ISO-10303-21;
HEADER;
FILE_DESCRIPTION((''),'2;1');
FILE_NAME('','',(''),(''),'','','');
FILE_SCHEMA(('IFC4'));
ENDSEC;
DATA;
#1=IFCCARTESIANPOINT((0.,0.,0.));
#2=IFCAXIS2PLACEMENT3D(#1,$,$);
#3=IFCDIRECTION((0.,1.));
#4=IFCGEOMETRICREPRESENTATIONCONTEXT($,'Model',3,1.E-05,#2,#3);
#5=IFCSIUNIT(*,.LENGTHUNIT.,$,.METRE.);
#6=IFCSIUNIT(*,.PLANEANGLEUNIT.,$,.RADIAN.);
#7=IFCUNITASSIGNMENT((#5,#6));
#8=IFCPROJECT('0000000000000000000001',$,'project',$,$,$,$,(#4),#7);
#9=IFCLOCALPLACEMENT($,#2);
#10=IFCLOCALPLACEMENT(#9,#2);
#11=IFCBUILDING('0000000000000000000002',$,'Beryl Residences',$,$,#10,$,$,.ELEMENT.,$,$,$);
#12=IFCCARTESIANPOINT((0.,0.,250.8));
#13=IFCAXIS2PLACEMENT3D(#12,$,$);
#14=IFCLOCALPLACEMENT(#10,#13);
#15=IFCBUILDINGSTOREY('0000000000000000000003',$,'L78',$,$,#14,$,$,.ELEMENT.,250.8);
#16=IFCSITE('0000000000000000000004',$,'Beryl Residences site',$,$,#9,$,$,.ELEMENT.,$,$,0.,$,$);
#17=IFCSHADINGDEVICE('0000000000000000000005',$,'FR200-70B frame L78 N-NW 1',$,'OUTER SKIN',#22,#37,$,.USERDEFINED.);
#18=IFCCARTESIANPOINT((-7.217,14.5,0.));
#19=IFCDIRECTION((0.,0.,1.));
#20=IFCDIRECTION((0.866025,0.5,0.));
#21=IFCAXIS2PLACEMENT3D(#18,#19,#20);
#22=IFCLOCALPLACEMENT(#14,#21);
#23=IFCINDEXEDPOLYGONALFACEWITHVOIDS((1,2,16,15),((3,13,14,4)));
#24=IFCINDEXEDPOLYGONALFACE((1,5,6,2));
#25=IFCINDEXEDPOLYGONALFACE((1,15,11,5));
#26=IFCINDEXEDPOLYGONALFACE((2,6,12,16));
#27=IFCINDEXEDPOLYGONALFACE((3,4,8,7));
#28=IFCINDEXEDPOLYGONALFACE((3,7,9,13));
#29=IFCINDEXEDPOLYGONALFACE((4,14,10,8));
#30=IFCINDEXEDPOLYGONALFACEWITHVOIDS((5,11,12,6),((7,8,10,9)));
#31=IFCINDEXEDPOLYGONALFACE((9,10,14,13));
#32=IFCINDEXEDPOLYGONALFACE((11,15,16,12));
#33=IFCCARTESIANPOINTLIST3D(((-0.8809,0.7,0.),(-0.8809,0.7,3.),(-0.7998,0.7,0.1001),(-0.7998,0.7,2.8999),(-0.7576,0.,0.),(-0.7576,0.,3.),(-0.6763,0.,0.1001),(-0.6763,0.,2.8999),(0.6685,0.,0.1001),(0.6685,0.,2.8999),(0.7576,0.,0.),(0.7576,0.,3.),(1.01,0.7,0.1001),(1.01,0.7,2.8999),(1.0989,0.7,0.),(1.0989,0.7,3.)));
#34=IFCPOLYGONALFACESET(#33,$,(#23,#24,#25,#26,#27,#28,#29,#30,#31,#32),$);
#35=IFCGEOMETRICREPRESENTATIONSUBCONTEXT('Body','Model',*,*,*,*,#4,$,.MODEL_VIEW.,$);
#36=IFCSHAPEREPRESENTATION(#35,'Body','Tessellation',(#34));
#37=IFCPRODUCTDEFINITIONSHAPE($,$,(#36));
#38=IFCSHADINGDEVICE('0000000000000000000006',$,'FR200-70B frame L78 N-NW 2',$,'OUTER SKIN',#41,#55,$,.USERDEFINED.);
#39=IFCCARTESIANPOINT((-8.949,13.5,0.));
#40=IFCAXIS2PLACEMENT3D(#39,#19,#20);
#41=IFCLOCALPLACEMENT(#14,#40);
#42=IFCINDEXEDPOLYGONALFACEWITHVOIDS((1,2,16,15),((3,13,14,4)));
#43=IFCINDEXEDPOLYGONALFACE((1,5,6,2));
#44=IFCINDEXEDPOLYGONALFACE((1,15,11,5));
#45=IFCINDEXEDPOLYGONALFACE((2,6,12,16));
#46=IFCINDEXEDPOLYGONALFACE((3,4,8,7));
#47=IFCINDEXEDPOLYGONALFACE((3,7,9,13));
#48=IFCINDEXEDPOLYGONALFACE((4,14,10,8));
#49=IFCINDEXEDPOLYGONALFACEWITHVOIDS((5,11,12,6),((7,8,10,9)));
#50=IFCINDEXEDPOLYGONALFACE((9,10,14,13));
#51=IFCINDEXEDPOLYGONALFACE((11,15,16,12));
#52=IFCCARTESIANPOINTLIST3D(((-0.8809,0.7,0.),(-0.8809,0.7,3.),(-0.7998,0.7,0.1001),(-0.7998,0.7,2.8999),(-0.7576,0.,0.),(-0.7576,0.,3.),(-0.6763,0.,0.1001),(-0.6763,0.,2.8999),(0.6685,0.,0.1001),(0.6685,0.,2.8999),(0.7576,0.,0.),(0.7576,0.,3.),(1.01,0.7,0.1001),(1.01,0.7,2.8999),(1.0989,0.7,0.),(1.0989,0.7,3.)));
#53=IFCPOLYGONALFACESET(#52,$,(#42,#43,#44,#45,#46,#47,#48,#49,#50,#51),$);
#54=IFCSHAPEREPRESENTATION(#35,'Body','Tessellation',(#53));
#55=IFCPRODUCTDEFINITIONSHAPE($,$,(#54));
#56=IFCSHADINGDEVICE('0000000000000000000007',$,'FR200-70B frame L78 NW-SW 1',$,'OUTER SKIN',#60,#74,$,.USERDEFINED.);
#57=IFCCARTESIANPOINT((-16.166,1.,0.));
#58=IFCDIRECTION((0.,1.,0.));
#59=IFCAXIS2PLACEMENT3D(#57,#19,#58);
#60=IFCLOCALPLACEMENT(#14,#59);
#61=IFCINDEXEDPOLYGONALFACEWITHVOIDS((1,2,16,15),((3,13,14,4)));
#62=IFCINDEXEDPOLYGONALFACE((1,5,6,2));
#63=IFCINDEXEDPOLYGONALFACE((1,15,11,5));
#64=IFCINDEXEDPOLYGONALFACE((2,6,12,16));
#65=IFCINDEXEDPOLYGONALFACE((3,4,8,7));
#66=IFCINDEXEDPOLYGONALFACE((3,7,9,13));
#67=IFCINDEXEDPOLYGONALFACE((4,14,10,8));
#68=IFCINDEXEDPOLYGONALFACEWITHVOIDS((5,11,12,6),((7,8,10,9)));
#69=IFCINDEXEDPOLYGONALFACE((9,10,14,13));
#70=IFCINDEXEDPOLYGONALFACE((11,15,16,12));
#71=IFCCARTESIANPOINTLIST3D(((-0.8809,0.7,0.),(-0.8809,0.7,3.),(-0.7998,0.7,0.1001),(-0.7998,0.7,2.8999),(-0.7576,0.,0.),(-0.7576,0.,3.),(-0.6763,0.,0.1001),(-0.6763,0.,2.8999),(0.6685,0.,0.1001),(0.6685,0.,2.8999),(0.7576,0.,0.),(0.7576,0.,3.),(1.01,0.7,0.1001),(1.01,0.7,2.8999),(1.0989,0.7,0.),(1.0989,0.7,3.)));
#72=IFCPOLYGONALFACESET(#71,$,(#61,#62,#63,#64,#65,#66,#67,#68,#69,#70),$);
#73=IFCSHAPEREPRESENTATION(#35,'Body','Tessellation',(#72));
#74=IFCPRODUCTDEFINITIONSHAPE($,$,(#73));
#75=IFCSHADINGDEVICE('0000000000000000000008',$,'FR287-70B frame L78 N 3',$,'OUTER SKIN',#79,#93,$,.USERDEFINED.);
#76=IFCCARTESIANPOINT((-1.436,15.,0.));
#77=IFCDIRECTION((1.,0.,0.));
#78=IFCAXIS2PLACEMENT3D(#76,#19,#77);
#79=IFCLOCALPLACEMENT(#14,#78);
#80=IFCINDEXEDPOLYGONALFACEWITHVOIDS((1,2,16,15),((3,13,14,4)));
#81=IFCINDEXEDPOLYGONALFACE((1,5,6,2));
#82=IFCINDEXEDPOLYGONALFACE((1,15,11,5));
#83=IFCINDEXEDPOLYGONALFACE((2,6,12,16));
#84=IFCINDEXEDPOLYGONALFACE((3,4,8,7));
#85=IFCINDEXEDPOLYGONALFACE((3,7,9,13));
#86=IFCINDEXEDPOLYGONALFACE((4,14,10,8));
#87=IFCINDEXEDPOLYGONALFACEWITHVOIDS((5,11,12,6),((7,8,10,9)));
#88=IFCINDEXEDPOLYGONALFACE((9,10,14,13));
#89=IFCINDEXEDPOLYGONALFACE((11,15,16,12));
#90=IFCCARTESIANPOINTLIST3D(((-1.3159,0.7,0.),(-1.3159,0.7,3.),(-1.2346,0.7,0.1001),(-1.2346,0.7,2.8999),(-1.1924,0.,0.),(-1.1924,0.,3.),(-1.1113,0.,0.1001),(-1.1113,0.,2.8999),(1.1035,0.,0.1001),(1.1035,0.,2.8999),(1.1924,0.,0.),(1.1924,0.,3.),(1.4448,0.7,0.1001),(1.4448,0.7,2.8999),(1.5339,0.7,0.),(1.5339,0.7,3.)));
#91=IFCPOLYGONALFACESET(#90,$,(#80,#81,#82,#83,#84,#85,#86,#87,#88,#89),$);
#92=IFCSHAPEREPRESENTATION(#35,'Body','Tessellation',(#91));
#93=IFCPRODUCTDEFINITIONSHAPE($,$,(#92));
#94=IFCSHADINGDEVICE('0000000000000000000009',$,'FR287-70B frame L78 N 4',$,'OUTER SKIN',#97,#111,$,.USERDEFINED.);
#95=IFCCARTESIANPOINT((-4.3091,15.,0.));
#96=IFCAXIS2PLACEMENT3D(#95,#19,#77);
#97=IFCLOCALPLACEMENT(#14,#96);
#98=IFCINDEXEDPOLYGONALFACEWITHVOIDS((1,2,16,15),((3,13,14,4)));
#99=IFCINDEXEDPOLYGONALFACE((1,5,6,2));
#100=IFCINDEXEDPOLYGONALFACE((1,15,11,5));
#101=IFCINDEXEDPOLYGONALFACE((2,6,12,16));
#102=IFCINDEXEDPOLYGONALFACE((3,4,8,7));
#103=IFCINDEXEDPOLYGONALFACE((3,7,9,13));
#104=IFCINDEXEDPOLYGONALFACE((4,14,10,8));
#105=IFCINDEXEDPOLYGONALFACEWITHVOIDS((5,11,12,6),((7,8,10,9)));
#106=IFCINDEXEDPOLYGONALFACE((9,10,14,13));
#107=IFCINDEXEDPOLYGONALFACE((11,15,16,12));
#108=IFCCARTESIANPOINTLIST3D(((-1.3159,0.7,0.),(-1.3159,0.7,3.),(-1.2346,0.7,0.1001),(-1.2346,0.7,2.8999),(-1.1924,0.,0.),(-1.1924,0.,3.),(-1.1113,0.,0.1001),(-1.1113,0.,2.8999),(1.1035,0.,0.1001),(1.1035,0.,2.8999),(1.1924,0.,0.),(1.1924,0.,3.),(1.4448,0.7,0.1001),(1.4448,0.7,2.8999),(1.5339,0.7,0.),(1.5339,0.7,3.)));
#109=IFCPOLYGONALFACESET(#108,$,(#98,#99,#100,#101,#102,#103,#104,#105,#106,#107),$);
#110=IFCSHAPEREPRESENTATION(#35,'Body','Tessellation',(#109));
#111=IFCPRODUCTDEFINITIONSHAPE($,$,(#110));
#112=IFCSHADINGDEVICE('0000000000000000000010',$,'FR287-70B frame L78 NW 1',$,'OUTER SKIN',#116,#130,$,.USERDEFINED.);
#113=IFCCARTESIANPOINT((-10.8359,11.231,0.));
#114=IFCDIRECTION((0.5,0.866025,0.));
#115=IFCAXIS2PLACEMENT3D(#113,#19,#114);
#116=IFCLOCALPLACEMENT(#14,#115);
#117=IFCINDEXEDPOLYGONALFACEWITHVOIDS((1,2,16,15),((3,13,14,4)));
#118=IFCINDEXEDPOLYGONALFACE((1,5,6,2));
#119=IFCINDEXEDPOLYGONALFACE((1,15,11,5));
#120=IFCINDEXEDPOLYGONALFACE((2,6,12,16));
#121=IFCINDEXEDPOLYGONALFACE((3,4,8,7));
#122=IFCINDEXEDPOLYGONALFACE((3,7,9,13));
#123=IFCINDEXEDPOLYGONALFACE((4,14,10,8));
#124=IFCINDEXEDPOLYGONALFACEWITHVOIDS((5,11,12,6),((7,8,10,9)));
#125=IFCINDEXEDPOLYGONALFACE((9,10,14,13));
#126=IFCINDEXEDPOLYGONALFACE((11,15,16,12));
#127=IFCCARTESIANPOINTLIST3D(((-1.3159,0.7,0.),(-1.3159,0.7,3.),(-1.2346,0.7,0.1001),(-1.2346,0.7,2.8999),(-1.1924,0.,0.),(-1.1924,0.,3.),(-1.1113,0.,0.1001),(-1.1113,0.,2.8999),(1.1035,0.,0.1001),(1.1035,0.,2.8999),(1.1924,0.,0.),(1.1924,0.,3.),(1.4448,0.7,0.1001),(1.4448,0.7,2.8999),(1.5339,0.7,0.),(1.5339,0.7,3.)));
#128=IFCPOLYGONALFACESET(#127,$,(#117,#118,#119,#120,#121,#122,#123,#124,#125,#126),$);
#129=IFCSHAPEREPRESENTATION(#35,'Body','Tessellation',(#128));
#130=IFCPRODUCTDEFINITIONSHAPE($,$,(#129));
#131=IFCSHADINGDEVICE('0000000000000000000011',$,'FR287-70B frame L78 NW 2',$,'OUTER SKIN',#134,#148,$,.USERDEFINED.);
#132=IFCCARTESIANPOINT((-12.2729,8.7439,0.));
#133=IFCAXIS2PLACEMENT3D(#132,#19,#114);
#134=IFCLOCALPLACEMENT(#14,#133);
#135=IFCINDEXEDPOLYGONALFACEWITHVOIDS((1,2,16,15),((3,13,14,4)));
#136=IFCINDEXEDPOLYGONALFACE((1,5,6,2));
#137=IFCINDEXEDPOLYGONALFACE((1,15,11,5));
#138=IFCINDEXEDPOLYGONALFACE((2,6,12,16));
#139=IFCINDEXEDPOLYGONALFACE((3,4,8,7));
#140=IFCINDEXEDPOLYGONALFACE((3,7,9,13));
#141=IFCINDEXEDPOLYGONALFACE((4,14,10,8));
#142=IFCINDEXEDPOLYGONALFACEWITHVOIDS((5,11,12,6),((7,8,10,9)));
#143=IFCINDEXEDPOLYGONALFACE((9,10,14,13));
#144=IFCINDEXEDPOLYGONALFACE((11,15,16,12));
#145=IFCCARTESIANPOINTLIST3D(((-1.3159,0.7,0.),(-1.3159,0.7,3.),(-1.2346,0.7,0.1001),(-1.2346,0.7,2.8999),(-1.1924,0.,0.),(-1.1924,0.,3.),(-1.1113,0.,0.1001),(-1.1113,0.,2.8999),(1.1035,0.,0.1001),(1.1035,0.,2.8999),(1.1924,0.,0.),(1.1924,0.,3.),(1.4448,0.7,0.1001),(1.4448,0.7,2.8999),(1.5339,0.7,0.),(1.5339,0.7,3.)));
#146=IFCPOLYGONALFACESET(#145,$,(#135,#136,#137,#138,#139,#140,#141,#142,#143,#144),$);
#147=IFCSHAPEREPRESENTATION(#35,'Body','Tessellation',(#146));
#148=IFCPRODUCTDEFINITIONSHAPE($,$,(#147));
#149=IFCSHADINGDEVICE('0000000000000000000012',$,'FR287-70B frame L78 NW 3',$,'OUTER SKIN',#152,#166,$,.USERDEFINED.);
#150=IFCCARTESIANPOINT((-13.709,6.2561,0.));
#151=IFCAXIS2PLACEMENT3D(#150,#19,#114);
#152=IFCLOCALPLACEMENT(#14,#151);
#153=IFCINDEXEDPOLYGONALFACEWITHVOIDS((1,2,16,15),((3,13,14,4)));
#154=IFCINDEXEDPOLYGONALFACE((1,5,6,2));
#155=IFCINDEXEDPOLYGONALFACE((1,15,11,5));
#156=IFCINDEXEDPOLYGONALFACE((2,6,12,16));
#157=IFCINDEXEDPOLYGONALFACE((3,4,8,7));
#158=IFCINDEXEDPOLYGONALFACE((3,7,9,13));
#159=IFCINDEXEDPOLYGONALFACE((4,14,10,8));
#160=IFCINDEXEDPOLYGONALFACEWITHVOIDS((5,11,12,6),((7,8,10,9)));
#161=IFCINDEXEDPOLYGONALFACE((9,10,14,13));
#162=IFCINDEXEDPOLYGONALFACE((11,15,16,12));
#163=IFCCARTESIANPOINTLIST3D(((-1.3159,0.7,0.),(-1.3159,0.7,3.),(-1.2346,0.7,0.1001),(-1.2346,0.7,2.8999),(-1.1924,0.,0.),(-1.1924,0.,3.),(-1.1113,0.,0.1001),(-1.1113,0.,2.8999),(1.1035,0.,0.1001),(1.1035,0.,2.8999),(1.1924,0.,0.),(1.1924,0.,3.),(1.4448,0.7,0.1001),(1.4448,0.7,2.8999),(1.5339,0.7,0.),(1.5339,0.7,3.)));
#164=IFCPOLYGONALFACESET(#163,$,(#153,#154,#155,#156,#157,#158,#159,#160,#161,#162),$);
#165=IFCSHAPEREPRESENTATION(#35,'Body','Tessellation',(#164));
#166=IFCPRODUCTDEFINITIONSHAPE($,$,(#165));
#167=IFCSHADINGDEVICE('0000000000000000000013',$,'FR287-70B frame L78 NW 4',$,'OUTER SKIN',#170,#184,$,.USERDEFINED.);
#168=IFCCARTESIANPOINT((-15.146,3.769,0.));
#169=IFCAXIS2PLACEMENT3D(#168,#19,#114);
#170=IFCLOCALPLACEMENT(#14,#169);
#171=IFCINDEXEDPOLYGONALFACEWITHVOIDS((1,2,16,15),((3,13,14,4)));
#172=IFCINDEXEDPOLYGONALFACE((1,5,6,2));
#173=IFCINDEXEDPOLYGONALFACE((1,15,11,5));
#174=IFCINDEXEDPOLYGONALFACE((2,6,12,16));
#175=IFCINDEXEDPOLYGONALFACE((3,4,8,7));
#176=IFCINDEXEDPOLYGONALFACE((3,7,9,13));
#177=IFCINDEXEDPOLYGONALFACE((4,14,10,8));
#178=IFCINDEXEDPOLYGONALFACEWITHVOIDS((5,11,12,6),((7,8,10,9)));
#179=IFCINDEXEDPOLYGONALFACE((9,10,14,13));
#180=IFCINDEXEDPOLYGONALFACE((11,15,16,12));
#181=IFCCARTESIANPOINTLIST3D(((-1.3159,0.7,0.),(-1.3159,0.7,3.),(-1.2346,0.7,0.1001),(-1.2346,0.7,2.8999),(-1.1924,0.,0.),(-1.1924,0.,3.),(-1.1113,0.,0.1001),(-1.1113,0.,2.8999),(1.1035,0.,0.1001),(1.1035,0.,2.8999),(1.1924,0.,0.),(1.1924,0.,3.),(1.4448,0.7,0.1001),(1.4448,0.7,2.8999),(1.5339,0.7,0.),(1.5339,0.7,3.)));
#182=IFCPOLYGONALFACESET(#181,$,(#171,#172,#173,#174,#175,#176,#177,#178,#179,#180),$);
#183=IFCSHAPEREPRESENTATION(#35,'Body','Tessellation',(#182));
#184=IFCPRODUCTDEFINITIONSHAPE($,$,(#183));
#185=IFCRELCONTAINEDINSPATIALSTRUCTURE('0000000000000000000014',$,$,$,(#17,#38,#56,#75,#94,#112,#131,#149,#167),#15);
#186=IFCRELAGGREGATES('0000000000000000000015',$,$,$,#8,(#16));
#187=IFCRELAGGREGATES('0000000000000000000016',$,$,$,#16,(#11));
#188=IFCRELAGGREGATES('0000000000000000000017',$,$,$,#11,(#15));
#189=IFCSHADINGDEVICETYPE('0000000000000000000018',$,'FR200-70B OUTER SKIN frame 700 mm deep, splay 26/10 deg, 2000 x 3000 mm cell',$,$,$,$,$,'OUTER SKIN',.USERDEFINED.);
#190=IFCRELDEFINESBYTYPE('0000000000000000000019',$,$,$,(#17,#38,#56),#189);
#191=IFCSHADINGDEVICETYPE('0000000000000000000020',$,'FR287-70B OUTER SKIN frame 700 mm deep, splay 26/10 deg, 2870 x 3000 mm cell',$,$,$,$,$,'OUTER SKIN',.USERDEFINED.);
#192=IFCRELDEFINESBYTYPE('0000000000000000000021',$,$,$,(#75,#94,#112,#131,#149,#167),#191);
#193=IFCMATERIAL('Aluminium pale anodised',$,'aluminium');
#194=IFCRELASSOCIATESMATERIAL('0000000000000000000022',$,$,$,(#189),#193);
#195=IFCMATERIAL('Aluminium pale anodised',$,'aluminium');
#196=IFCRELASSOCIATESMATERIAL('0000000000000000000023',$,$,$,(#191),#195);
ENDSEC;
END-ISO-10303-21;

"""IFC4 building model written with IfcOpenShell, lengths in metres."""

from ifc_helpers import new_model, entity, si_unit, direction, frame, origin, place, context, subcontext, project, spatial, source, transform, mapped, material, type_object, type_shapes, element, save


model = new_model("IFC4")

# Units and contexts
model_context = context("Model", 3, precision=1e-05, world=origin(), true_north=direction((0.0, 1.0)))
body_context = subcontext(model_context, "Body", "Model", "MODEL_VIEW")
ifc_project = project(units=[si_unit("LENGTHUNIT", "METRE"), si_unit("PLANEANGLEUNIT", "RADIAN")], contexts=[model_context])

# Site, building, storey
site_placement = place(None, origin())
site = spatial("IfcSite", under=ifc_project, at=site_placement, Name="Beryl Residences site", CompositionType="ELEMENT", RefElevation=0.0)
building_placement = place(site_placement, origin())
building = spatial("IfcBuilding", under=site, at=building_placement, Name="Beryl Residences", CompositionType="ELEMENT")
storey_placement = place(building_placement, frame((0.0, 0.0, 250.8)))
storey = spatial("IfcBuildingStorey", under=building, at=storey_placement, Name="L78", CompositionType="ELEMENT", Elevation=250.8)

# Shading devices
ifc_material_1 = material(Name="Aluminium pale anodised", Category="aluminium")
shading_device_type_1 = type_object("IfcShadingDeviceType", Name="FR200-70B OUTER SKIN frame 700 mm deep, splay 26/10 deg, 2000 x 3000 mm cell", ElementType="OUTER SKIN", PredefinedType="USERDEFINED", material=ifc_material_1)
cartesian_point_1 = entity("IfcCartesianPoint", [-0.7576, 0.0])
cartesian_point_2 = entity("IfcCartesianPoint", [-0.6685, 0.1001])
cartesian_point_3 = entity("IfcCartesianPoint", [-1.0989, 0.0])
cartesian_point_4 = entity("IfcCartesianPoint", [-1.01, 0.1001])
shared_shape_1 = source(origin(), body_context, "Body", "SweptSolid", [
    entity("IfcExtrudedAreaSolidTapered", entity("IfcArbitraryProfileDefWithVoids", "AREA", None, entity("IfcPolyline", [cartesian_point_1, entity("IfcCartesianPoint", [0.7576, 0.0]), entity("IfcCartesianPoint", [0.7576, 3.0]), entity("IfcCartesianPoint", [-0.7576, 3.0]), cartesian_point_1]), [entity("IfcPolyline", [cartesian_point_2, entity("IfcCartesianPoint", [0.6763, 0.1001]), entity("IfcCartesianPoint", [0.6763, 2.8999]), entity("IfcCartesianPoint", [-0.6685, 2.8999]), cartesian_point_2])]), entity("IfcAxis2Placement3D", entity("IfcCartesianPoint", [0.0, 0.0, 0.0]), entity("IfcDirection", [0.0, 1.0, 0.0]), entity("IfcDirection", [-1.0, 0.0, 0.0])), entity("IfcDirection", [0.0, 0.0, 1.0]), 0.7, entity("IfcArbitraryProfileDefWithVoids", "AREA", None, entity("IfcPolyline", [cartesian_point_3, entity("IfcCartesianPoint", [0.8809, 0.0]), entity("IfcCartesianPoint", [0.8809, 3.0]), entity("IfcCartesianPoint", [-1.0989, 3.0]), cartesian_point_3]), [entity("IfcPolyline", [cartesian_point_4, entity("IfcCartesianPoint", [0.7998, 0.1001]), entity("IfcCartesianPoint", [0.7998, 2.8999]), entity("IfcCartesianPoint", [-1.01, 2.8999]), cartesian_point_4])])),
])
type_shapes(shading_device_type_1, [shared_shape_1])
for number, where, z_axis, x_axis, name in (
    (1, (-7.217, 14.5, 0.0), (0.0, 0.0, 1.0), (0.866025, 0.5, 0.0), "FR200-70B frame L78 N-NW 1"),
    (2, (-8.949, 13.5, 0.0), (0.0, 0.0, 1.0), (0.866025, 0.5, 0.0), "FR200-70B frame L78 N-NW 2"),
    (3, (-16.166, 1.0, 0.0), (0.0, 0.0, 1.0), (0.0, 1.0, 0.0), "FR200-70B frame L78 NW-SW 1"),
):
    element("IfcShadingDevice", number, at=place(storey_placement, frame(where, z_axis=z_axis, x_axis=x_axis)), inside=storey, type_object=shading_device_type_1, Name=name, ObjectType="OUTER SKIN", PredefinedType="USERDEFINED", context=body_context, shape_type="MappedRepresentation", body=[
        mapped(shared_shape_1, transform((0.0, 0.0, 0.0))),
    ])
ifc_material_2 = material(Name="Aluminium pale anodised", Category="aluminium")
shading_device_type_2 = type_object("IfcShadingDeviceType", Name="FR287-70B OUTER SKIN frame 700 mm deep, splay 26/10 deg, 2870 x 3000 mm cell", ElementType="OUTER SKIN", PredefinedType="USERDEFINED", material=ifc_material_2)
cartesian_point_5 = entity("IfcCartesianPoint", [-1.1924, 0.0])
cartesian_point_6 = entity("IfcCartesianPoint", [-1.1035, 0.1001])
cartesian_point_7 = entity("IfcCartesianPoint", [-1.5339, 0.0])
cartesian_point_8 = entity("IfcCartesianPoint", [-1.4448, 0.1001])
shared_shape_2 = source(origin(), body_context, "Body", "SweptSolid", [
    entity("IfcExtrudedAreaSolidTapered", entity("IfcArbitraryProfileDefWithVoids", "AREA", None, entity("IfcPolyline", [cartesian_point_5, entity("IfcCartesianPoint", [1.1924, 0.0]), entity("IfcCartesianPoint", [1.1924, 3.0]), entity("IfcCartesianPoint", [-1.1924, 3.0]), cartesian_point_5]), [entity("IfcPolyline", [cartesian_point_6, entity("IfcCartesianPoint", [1.1113, 0.1001]), entity("IfcCartesianPoint", [1.1113, 2.8999]), entity("IfcCartesianPoint", [-1.1035, 2.8999]), cartesian_point_6])]), entity("IfcAxis2Placement3D", entity("IfcCartesianPoint", [0.0, 0.0, 0.0]), entity("IfcDirection", [0.0, 1.0, 0.0]), entity("IfcDirection", [-1.0, 0.0, 0.0])), entity("IfcDirection", [0.0, 0.0, 1.0]), 0.7, entity("IfcArbitraryProfileDefWithVoids", "AREA", None, entity("IfcPolyline", [cartesian_point_7, entity("IfcCartesianPoint", [1.3159, 0.0]), entity("IfcCartesianPoint", [1.3159, 3.0]), entity("IfcCartesianPoint", [-1.5339, 3.0]), cartesian_point_7]), [entity("IfcPolyline", [cartesian_point_8, entity("IfcCartesianPoint", [1.2346, 0.1001]), entity("IfcCartesianPoint", [1.2346, 2.8999]), entity("IfcCartesianPoint", [-1.4448, 2.8999]), cartesian_point_8])])),
])
type_shapes(shading_device_type_2, [shared_shape_2])
for number, where, z_axis, x_axis, name in (
    (4, (-1.436, 15.0, 0.0), (0.0, 0.0, 1.0), (1.0, 0.0, 0.0), "FR287-70B frame L78 N 3"),
    (5, (-4.3091, 15.0, 0.0), (0.0, 0.0, 1.0), (1.0, 0.0, 0.0), "FR287-70B frame L78 N 4"),
    (6, (-10.8359, 11.231, 0.0), (0.0, 0.0, 1.0), (0.5, 0.866025, 0.0), "FR287-70B frame L78 NW 1"),
    (7, (-12.2729, 8.7439, 0.0), (0.0, 0.0, 1.0), (0.5, 0.866025, 0.0), "FR287-70B frame L78 NW 2"),
    (8, (-13.709, 6.2561, 0.0), (0.0, 0.0, 1.0), (0.5, 0.866025, 0.0), "FR287-70B frame L78 NW 3"),
    (9, (-15.146, 3.769, 0.0), (0.0, 0.0, 1.0), (0.5, 0.866025, 0.0), "FR287-70B frame L78 NW 4"),
):
    element("IfcShadingDevice", number, at=place(storey_placement, frame(where, z_axis=z_axis, x_axis=x_axis)), inside=storey, type_object=shading_device_type_2, Name=name, ObjectType="OUTER SKIN", PredefinedType="USERDEFINED", context=body_context, shape_type="MappedRepresentation", body=[
        mapped(shared_shape_2, transform((0.0, 0.0, 0.0))),
    ])

save(model, "model.ifc")
